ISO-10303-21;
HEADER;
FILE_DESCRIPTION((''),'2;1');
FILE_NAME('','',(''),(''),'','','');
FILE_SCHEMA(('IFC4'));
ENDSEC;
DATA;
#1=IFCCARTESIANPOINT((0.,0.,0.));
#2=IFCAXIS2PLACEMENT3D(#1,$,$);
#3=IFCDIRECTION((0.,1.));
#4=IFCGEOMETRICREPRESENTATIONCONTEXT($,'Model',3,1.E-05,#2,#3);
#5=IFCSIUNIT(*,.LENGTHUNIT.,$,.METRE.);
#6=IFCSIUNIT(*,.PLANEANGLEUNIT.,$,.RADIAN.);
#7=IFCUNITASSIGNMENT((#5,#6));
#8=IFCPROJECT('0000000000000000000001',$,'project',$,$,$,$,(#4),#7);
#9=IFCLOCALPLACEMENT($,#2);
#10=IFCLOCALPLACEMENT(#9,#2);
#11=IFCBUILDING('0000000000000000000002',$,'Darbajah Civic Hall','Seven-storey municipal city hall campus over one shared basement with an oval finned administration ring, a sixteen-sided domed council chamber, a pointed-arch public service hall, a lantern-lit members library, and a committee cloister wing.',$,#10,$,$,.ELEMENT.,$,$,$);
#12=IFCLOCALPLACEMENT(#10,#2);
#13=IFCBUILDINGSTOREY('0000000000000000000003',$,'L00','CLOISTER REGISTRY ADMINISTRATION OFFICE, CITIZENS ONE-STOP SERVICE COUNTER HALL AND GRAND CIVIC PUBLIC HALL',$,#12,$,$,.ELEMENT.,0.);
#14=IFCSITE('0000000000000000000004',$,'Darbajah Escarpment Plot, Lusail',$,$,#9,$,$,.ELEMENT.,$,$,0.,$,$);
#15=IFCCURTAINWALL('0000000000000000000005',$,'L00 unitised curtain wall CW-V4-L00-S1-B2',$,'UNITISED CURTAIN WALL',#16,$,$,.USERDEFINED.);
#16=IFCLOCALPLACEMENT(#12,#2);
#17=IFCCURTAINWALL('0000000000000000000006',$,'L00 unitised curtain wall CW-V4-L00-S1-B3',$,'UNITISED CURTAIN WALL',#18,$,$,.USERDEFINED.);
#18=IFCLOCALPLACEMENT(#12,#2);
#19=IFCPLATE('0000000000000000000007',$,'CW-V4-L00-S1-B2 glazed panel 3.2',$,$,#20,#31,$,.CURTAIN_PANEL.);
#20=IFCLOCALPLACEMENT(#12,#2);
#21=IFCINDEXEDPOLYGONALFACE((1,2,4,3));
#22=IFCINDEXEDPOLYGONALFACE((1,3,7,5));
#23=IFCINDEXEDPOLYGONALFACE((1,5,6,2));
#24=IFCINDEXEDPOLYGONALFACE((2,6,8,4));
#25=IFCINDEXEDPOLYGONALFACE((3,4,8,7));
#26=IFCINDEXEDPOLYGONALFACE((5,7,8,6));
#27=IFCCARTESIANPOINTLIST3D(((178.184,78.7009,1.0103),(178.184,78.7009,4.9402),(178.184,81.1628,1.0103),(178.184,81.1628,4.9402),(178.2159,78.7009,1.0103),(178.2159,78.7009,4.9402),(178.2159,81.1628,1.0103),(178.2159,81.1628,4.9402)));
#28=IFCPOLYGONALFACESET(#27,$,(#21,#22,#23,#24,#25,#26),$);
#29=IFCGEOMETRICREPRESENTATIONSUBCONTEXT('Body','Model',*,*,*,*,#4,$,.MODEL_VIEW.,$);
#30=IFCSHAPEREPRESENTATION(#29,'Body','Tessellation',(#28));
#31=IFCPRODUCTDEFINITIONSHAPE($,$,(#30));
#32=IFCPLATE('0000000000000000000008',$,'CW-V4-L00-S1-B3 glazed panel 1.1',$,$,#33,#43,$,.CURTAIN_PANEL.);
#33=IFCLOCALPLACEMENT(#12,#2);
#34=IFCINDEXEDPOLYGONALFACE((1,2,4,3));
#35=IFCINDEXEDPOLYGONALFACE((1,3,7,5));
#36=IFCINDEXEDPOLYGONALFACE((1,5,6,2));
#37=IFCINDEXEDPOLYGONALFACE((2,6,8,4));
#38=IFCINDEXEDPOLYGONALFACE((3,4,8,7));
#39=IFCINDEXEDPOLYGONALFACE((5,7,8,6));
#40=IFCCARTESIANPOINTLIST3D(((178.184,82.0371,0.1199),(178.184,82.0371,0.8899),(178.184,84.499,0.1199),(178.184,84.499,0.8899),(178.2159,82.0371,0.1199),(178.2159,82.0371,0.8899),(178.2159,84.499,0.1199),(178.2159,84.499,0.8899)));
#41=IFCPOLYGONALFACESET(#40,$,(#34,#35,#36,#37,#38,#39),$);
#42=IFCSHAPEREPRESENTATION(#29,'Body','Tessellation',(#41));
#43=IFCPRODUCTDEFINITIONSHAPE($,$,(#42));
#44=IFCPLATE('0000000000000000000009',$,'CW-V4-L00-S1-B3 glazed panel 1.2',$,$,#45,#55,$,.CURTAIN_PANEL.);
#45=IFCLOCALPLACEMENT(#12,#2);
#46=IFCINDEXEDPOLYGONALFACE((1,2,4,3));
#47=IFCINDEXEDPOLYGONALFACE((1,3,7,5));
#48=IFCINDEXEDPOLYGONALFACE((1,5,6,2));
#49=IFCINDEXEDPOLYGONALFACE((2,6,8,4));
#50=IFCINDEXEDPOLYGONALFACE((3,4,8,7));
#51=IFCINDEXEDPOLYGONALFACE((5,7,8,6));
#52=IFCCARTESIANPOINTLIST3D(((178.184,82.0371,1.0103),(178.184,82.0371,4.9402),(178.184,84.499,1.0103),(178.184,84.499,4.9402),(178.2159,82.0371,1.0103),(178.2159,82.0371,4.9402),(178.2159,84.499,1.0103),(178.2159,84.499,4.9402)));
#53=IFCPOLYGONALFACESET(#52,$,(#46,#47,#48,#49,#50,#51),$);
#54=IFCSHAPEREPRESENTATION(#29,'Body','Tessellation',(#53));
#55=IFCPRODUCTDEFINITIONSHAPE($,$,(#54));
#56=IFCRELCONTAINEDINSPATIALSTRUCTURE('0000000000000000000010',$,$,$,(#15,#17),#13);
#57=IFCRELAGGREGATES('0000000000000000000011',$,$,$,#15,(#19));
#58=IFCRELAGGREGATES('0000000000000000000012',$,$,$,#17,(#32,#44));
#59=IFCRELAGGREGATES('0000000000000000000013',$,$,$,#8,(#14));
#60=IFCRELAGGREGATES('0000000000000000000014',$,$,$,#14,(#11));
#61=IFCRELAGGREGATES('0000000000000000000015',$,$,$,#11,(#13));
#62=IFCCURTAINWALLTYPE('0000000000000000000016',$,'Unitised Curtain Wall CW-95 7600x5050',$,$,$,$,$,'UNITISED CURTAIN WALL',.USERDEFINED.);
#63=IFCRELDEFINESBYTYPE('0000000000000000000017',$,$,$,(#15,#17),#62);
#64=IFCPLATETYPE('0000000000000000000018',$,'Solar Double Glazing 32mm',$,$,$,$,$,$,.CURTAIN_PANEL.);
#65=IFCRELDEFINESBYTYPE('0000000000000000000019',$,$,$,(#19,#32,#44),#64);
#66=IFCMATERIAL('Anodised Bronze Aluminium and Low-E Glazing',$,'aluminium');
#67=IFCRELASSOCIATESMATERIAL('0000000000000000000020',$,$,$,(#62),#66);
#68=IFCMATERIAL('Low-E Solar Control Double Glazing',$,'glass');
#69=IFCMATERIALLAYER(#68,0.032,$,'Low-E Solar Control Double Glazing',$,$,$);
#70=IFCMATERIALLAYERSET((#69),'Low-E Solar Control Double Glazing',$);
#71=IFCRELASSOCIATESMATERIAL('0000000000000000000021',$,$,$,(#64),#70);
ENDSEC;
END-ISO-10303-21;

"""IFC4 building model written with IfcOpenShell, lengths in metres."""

from ifc_helpers import new_model, si_unit, direction, frame, origin, origin_2d, place, context, subcontext, project, spatial, rectangle, extrude, material, layer, layer_set, type_object, element, aggregate, save


model = new_model("IFC4")

# Units and contexts
model_context = context("Model", 3, precision=1e-05, world=origin(), true_north=direction((0.0, 1.0)))
body_context = subcontext(model_context, "Body", "Model", "MODEL_VIEW")
ifc_project = project(units=[si_unit("LENGTHUNIT", "METRE"), si_unit("PLANEANGLEUNIT", "RADIAN")], contexts=[model_context])

# Site, building, storey
site_placement = place(None, origin())
site = spatial("IfcSite", under=ifc_project, at=site_placement, Name="Darbajah Escarpment Plot, Lusail", CompositionType="ELEMENT", RefElevation=0.0)
building_placement = place(site_placement, origin())
building = spatial("IfcBuilding", under=site, at=building_placement, Name="Darbajah Civic Hall", Description="Seven-storey municipal city hall campus over one shared basement with an oval finned administration ring, a sixteen-sided domed council chamber, a pointed-arch public service hall, a lantern-lit members library, and a committee cloister wing.", CompositionType="ELEMENT")
storey_placement = place(building_placement, origin())
storey = spatial("IfcBuildingStorey", under=building, at=storey_placement, Name="L00", Description="CLOISTER REGISTRY ADMINISTRATION OFFICE, CITIZENS ONE-STOP SERVICE COUNTER HALL AND GRAND CIVIC PUBLIC HALL", CompositionType="ELEMENT", Elevation=0.0)

# Shared definitions
ifc_material_1 = material(Name="Anodised Bronze Aluminium and Low-E Glazing", Category="aluminium")
curtain_wall_type = type_object("IfcCurtainWallType", Name="Unitised Curtain Wall CW-95 7600x5050", ElementType="UNITISED CURTAIN WALL", PredefinedType="USERDEFINED", material=ifc_material_1)

# Curtain walls
curtain_wall_1_placement = place(storey_placement, origin())
curtain_wall_1 = element("IfcCurtainWall", 1, at=curtain_wall_1_placement, inside=storey, type_object=curtain_wall_type, Name="L00 unitised curtain wall CW-V4-L00-S1-B2", ObjectType="UNITISED CURTAIN WALL", PredefinedType="USERDEFINED")
curtain_wall_2_placement = place(storey_placement, origin())
curtain_wall_2 = element("IfcCurtainWall", 2, at=curtain_wall_2_placement, inside=storey, type_object=curtain_wall_type, Name="L00 unitised curtain wall CW-V4-L00-S1-B3", ObjectType="UNITISED CURTAIN WALL", PredefinedType="USERDEFINED")

# Plates
ifc_material_2 = material(Name="Low-E Solar Control Double Glazing", Category="glass")
ifc_layer = layer(ifc_material_2, 0.032, Name="Low-E Solar Control Double Glazing")
ifc_layer_set = layer_set([ifc_layer], Name="Low-E Solar Control Double Glazing")
plate_type = type_object("IfcPlateType", Name="Solar Double Glazing 32mm", PredefinedType="CURTAIN_PANEL", material=ifc_layer_set)
plate_1_placement = place(storey_placement, frame((178.2, 79.9319, 1.0103), z_axis=(0.0, 0.0, 1.0), x_axis=(0.0, 1.0, 0.0)))
plate_1 = element("IfcPlate", 3, at=plate_1_placement, type_object=plate_type, Name="CW-V4-L00-S1-B2 glazed panel 3.2", PredefinedType="CURTAIN_PANEL", context=body_context, shape_type="SweptSolid", body=[
    extrude(rectangle(XDim=2.4619, YDim=0.032, at=origin_2d()), origin(), (0.0, 0.0, 1.0), 3.9299),
])
aggregate(curtain_wall_1, [plate_1])
plate_2_placement = place(storey_placement, frame((178.2, 83.2681, 0.1199), z_axis=(0.0, 0.0, 1.0), x_axis=(0.0, 1.0, 0.0)))
plate_2 = element("IfcPlate", 4, at=plate_2_placement, type_object=plate_type, Name="CW-V4-L00-S1-B3 glazed panel 1.1", PredefinedType="CURTAIN_PANEL", context=body_context, shape_type="SweptSolid", body=[
    extrude(rectangle(XDim=2.4619, YDim=0.032, at=origin_2d()), origin(), (0.0, 0.0, 1.0), 0.77),
])
plate_3_placement = place(storey_placement, frame((178.2, 83.2681, 1.0103), z_axis=(0.0, 0.0, 1.0), x_axis=(0.0, 1.0, 0.0)))
plate_3 = element("IfcPlate", 5, at=plate_3_placement, type_object=plate_type, Name="CW-V4-L00-S1-B3 glazed panel 1.2", PredefinedType="CURTAIN_PANEL", context=body_context, shape_type="SweptSolid", body=[
    extrude(rectangle(XDim=2.4619, YDim=0.032, at=origin_2d()), origin(), (0.0, 0.0, 1.0), 3.9299),
])
aggregate(curtain_wall_2, [plate_2, plate_3])

save(model, "model.ifc")
